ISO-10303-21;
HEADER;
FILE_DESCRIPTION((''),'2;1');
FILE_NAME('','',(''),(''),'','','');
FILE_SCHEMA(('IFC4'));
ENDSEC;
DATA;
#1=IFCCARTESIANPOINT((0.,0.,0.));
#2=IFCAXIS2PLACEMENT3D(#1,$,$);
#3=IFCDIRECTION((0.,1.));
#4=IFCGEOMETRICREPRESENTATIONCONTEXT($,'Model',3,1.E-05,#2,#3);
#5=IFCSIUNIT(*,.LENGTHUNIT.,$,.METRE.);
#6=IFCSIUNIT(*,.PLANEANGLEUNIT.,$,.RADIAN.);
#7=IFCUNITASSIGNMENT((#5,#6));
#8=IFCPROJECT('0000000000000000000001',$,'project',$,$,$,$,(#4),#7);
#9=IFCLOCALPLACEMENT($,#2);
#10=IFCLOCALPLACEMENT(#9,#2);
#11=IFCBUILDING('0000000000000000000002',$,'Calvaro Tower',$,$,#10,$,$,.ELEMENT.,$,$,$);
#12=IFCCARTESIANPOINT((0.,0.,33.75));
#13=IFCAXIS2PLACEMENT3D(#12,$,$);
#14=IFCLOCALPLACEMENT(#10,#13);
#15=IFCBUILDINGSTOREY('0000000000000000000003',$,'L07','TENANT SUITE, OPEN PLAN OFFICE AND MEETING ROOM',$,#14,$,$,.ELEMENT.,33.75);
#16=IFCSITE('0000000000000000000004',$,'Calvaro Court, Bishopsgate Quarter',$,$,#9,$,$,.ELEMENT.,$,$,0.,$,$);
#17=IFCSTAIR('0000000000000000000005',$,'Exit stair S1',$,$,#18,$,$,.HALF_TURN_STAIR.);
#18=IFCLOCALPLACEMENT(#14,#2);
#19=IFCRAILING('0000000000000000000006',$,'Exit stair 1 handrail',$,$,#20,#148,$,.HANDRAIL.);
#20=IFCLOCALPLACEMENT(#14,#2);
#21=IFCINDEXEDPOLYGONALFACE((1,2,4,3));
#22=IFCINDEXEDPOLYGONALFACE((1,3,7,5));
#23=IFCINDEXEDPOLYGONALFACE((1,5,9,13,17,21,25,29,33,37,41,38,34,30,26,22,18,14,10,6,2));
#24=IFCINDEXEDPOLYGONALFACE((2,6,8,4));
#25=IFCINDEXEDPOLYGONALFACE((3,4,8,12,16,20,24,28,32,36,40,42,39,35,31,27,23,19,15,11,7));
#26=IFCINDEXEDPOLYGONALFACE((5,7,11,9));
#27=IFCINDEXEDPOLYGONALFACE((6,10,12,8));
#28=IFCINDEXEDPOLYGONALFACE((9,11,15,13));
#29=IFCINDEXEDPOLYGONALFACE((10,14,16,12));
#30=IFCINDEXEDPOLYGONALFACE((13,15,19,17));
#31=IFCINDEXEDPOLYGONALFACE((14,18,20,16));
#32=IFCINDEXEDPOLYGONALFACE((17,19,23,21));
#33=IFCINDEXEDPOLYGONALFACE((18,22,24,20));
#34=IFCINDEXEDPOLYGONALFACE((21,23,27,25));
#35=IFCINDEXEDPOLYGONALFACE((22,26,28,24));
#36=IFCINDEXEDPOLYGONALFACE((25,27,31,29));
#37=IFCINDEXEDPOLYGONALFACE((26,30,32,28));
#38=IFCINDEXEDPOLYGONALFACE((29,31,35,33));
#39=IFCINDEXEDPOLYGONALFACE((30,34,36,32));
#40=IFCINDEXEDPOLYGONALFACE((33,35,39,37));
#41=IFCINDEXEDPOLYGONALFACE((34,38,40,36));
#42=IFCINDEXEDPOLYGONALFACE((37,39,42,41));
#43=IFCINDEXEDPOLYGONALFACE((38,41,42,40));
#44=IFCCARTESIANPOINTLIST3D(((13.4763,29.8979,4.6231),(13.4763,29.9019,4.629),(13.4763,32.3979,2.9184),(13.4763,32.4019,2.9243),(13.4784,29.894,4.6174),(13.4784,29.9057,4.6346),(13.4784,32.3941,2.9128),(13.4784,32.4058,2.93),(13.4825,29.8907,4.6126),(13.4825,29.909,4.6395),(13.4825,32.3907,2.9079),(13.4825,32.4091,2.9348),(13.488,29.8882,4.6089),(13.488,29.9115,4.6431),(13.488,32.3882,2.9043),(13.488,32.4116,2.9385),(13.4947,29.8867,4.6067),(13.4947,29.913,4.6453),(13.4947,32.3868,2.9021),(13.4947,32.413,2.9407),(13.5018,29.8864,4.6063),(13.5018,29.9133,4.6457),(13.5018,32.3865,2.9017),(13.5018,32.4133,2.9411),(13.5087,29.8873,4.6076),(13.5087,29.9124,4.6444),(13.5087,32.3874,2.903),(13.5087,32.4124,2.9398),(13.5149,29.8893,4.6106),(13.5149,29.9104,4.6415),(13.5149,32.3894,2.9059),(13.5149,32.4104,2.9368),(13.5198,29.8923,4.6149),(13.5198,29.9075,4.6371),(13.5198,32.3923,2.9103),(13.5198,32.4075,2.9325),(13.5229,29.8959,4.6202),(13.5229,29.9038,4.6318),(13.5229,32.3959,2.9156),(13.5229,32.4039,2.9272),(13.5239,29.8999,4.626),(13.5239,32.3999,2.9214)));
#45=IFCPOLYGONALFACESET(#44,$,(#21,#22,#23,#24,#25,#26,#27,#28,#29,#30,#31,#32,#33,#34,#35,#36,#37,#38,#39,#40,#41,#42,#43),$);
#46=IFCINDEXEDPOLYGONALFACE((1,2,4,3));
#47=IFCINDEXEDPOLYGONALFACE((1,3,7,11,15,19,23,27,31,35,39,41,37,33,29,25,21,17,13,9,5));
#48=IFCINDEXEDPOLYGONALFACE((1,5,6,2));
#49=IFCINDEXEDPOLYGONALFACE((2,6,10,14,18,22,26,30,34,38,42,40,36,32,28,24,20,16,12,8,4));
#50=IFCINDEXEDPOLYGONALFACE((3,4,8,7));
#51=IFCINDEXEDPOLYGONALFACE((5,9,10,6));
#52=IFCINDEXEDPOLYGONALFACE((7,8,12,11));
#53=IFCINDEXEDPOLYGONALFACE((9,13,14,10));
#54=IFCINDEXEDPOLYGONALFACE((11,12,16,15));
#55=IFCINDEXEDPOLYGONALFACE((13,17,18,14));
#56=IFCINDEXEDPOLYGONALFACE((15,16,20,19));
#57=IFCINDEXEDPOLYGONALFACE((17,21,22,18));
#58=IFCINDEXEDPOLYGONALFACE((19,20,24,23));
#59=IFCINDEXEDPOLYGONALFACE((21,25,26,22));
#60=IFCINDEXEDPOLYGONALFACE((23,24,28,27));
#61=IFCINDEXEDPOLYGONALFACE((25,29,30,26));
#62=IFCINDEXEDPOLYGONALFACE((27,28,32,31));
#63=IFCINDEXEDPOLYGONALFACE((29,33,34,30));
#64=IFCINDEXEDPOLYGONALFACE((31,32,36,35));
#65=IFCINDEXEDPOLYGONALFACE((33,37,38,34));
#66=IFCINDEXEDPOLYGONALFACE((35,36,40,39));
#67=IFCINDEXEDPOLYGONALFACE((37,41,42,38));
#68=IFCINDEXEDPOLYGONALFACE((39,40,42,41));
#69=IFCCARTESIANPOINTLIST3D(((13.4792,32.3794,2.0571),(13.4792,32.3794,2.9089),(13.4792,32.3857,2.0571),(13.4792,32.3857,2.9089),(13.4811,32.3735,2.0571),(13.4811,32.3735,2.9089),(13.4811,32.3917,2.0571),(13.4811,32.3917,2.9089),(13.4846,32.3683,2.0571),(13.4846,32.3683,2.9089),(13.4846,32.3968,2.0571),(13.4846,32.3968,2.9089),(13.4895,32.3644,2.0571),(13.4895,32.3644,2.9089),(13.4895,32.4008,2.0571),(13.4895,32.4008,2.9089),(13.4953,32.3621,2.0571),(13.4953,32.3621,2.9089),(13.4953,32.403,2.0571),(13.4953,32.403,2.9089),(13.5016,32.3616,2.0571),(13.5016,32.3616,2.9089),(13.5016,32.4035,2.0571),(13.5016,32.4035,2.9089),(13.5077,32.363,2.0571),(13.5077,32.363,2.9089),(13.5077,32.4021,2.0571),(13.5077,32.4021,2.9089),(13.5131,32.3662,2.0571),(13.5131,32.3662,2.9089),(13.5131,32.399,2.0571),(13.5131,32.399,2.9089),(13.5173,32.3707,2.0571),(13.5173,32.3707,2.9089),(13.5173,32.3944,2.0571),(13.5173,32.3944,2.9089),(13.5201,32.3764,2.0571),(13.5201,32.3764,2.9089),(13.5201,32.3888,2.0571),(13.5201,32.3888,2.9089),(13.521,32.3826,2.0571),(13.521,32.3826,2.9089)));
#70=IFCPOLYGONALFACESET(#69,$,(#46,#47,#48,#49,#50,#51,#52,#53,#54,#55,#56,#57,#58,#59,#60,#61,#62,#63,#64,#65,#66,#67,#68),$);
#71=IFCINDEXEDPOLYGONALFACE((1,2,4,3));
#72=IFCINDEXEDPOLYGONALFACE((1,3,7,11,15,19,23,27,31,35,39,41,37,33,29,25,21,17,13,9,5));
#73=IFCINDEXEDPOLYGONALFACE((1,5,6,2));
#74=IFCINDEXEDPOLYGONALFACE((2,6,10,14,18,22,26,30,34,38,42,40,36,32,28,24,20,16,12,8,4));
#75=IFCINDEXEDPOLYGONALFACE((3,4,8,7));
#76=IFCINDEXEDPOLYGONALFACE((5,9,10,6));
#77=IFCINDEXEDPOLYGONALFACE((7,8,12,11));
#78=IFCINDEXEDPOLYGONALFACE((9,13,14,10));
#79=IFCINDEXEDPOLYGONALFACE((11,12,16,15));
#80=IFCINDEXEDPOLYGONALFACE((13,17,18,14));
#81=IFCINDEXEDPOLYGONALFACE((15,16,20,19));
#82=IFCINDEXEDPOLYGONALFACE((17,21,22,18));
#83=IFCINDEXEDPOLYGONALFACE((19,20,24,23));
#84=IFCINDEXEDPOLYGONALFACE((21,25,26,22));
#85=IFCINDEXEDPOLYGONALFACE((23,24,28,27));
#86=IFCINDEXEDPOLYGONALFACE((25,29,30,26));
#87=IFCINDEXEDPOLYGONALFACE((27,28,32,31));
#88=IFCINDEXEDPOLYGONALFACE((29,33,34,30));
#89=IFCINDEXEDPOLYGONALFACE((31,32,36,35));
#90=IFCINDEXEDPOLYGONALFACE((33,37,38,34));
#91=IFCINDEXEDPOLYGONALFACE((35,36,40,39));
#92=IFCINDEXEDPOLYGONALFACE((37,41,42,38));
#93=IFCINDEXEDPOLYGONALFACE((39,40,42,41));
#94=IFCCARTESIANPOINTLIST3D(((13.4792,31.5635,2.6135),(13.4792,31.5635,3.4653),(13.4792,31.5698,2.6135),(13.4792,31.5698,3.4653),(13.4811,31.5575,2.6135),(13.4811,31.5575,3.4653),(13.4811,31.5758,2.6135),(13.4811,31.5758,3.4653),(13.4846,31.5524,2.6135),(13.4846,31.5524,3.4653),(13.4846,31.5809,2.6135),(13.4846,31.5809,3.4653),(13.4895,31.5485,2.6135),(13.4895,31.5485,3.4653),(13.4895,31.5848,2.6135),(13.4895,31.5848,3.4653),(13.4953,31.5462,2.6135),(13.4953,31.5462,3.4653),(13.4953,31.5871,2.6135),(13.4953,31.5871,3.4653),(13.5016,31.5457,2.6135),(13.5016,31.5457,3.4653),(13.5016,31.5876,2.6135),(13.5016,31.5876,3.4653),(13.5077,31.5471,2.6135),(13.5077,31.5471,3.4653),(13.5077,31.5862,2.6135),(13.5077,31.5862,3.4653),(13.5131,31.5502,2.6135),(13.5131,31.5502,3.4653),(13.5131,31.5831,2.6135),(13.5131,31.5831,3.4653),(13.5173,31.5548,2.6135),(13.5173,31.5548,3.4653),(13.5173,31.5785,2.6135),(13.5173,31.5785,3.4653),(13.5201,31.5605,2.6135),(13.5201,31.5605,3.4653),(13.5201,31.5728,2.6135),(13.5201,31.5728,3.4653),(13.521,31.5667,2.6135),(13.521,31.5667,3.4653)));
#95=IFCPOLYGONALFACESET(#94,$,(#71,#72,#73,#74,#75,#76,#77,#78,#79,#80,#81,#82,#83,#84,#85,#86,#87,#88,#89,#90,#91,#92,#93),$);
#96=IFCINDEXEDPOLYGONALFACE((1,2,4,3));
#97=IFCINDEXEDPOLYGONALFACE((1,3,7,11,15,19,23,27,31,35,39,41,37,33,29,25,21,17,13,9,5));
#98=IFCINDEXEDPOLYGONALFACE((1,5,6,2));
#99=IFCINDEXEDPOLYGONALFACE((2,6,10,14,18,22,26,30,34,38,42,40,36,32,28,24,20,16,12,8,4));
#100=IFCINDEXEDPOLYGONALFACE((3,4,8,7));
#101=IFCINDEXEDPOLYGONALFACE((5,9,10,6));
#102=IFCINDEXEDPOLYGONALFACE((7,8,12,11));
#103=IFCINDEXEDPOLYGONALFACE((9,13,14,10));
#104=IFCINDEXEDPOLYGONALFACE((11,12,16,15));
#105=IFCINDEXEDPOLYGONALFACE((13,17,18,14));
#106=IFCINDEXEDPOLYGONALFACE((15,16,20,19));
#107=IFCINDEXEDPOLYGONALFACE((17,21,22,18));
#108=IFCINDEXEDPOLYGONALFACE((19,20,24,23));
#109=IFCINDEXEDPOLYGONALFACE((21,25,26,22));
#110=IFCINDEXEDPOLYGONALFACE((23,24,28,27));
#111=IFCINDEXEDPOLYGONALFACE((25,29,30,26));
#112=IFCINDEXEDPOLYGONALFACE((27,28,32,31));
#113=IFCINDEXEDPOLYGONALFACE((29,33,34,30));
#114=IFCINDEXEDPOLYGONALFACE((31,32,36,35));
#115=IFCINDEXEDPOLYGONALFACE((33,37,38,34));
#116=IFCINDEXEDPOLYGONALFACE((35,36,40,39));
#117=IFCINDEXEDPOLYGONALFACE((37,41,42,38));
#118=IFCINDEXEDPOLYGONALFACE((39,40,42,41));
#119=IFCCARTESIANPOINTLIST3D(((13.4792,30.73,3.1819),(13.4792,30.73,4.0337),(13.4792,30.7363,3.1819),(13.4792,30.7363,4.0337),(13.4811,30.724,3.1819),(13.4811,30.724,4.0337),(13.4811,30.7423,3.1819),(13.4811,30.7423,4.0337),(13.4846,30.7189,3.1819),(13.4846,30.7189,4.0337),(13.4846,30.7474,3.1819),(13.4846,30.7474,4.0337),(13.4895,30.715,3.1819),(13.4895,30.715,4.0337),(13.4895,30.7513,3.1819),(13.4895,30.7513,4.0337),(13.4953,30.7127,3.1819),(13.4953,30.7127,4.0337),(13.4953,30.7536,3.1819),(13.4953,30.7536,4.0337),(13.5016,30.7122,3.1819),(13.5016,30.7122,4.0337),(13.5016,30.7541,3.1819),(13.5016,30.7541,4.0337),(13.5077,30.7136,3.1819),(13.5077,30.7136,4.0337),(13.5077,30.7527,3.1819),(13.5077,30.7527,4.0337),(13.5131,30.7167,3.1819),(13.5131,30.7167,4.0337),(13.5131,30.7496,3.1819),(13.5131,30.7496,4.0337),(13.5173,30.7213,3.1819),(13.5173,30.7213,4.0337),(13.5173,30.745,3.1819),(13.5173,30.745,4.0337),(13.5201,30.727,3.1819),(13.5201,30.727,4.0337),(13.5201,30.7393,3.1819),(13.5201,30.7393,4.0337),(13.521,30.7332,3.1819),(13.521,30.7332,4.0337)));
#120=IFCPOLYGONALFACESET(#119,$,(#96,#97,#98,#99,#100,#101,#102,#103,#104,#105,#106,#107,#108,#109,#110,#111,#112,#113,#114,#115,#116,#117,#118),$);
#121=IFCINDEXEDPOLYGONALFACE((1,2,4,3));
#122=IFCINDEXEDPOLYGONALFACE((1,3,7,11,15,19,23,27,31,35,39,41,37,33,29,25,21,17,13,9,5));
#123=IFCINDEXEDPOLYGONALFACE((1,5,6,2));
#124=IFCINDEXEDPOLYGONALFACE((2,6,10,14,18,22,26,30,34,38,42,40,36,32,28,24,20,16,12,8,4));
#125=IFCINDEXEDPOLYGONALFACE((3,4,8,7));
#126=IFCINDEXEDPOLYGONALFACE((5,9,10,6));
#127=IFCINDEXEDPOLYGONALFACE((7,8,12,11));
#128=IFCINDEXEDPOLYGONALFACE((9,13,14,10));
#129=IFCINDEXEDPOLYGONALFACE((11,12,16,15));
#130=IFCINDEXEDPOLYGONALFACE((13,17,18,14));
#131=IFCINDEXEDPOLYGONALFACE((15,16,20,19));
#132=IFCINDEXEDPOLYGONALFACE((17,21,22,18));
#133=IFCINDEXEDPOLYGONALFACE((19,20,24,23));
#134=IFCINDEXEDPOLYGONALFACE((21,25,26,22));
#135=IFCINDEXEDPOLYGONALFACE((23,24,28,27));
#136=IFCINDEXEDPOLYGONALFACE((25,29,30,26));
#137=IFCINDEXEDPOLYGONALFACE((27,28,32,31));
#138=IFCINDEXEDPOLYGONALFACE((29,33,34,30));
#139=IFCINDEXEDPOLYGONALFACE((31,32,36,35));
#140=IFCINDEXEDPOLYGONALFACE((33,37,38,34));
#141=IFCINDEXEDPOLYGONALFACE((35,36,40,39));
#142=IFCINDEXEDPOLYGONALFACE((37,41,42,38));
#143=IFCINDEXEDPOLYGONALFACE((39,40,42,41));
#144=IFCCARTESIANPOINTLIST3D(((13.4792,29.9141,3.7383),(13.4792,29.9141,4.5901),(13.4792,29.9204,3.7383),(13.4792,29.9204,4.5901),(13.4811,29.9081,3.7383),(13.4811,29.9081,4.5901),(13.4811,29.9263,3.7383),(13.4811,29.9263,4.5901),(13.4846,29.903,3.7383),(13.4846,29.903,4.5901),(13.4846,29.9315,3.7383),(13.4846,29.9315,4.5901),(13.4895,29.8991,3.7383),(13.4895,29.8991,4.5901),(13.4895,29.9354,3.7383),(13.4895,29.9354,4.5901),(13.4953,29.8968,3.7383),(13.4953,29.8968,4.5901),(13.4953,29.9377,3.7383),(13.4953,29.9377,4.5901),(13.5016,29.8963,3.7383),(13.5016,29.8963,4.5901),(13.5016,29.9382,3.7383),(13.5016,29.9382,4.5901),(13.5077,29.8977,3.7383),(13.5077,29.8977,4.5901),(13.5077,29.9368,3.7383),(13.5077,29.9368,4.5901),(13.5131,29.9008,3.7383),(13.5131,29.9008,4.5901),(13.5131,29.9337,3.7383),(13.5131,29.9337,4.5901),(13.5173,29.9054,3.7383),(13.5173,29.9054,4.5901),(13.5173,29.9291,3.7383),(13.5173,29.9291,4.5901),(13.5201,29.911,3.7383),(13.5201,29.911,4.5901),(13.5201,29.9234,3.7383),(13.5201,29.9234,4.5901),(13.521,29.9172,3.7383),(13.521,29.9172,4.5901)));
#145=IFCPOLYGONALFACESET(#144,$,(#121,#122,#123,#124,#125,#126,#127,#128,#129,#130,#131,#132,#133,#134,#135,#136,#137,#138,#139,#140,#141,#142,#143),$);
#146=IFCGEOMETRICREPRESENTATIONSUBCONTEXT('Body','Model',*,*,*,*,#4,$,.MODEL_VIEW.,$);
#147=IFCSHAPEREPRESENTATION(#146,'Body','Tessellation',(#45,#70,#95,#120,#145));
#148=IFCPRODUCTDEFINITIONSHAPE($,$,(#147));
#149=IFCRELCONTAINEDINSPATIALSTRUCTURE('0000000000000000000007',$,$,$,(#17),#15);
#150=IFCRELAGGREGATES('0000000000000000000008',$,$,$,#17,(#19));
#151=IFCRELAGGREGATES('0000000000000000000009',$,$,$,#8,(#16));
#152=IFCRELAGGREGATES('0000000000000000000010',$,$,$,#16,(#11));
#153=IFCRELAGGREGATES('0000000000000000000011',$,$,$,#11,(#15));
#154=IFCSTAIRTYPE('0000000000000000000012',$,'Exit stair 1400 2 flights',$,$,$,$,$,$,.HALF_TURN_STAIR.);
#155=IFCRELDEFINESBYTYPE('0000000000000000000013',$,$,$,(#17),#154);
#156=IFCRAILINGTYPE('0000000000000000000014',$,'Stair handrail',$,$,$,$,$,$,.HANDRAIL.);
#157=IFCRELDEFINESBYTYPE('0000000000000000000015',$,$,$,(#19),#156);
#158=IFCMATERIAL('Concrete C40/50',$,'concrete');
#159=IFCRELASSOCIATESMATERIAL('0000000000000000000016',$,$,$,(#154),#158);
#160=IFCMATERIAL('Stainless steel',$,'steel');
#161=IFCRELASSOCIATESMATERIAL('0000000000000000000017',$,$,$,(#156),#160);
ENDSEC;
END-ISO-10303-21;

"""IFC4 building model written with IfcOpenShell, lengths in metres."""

from ifc_helpers import new_model, si_unit, direction, frame, origin, origin_2d, place, context, subcontext, project, spatial, circle, extrude, material, type_object, element, aggregate, save


model = new_model("IFC4")

# Units and contexts
model_context = context("Model", 3, precision=1e-05, world=origin(), true_north=direction((0.0, 1.0)))
body_context = subcontext(model_context, "Body", "Model", "MODEL_VIEW")
ifc_project = project(units=[si_unit("LENGTHUNIT", "METRE"), si_unit("PLANEANGLEUNIT", "RADIAN")], contexts=[model_context])

# Site, building, storey
site_placement = place(None, origin())
site = spatial("IfcSite", under=ifc_project, at=site_placement, Name="Calvaro Court, Bishopsgate Quarter", CompositionType="ELEMENT", RefElevation=0.0)
building_placement = place(site_placement, origin())
building = spatial("IfcBuilding", under=site, at=building_placement, Name="Calvaro Tower", CompositionType="ELEMENT")
storey_placement = place(building_placement, frame((0.0, 0.0, 33.75)))
storey = spatial("IfcBuildingStorey", under=building, at=storey_placement, Name="L07", Description="TENANT SUITE, OPEN PLAN OFFICE AND MEETING ROOM", CompositionType="ELEMENT", Elevation=33.75)

# Stair, railing
ifc_material_1 = material(Name="Concrete C40/50", Category="concrete")
stair_type = type_object("IfcStairType", Name="Exit stair 1400 2 flights", PredefinedType="HALF_TURN_STAIR", material=ifc_material_1)
stair_placement = place(storey_placement, origin())
stair = element("IfcStair", 1, at=stair_placement, inside=storey, type_object=stair_type, Name="Exit stair S1", PredefinedType="HALF_TURN_STAIR")
ifc_material_2 = material(Name="Stainless steel", Category="steel")
railing_type = type_object("IfcRailingType", Name="Stair handrail", PredefinedType="HANDRAIL", material=ifc_material_2)
railing_1_placement = place(storey_placement, frame((13.5, 32.3999, 2.0454)))
railing_1 = element("IfcRailing", 2, at=railing_1_placement, type_object=railing_type, Name="Exit stair 1 handrail", PredefinedType="HANDRAIL", context=body_context, shape_type="SweptSolid", body=[
    extrude(circle(Radius=0.0239, at=origin_2d()), frame((0.0, 0.0, 0.876), z_axis=(0.0, -0.826221, 0.563347), x_axis=(1.0, 0.0, 0.0)), (0.0, 0.0, 1.0), 3.0259),
    extrude(circle(Radius=0.021, at=origin_2d()), frame((0.0, -0.0173, 0.0117)), (0.0, 0.0, 1.0), 0.8518),
    extrude(circle(Radius=0.021, at=origin_2d()), frame((0.0, -0.8333, 0.5681)), (0.0, 0.0, 1.0), 0.8518),
    extrude(circle(Radius=0.021, at=origin_2d()), frame((0.0, -1.6667, 1.1365)), (0.0, 0.0, 1.0), 0.8518),
    extrude(circle(Radius=0.021, at=origin_2d()), frame((0.0, -2.4827, 1.6929)), (0.0, 0.0, 1.0), 0.8518),
])
aggregate(stair, [railing_1])

save(model, "model.ifc")
